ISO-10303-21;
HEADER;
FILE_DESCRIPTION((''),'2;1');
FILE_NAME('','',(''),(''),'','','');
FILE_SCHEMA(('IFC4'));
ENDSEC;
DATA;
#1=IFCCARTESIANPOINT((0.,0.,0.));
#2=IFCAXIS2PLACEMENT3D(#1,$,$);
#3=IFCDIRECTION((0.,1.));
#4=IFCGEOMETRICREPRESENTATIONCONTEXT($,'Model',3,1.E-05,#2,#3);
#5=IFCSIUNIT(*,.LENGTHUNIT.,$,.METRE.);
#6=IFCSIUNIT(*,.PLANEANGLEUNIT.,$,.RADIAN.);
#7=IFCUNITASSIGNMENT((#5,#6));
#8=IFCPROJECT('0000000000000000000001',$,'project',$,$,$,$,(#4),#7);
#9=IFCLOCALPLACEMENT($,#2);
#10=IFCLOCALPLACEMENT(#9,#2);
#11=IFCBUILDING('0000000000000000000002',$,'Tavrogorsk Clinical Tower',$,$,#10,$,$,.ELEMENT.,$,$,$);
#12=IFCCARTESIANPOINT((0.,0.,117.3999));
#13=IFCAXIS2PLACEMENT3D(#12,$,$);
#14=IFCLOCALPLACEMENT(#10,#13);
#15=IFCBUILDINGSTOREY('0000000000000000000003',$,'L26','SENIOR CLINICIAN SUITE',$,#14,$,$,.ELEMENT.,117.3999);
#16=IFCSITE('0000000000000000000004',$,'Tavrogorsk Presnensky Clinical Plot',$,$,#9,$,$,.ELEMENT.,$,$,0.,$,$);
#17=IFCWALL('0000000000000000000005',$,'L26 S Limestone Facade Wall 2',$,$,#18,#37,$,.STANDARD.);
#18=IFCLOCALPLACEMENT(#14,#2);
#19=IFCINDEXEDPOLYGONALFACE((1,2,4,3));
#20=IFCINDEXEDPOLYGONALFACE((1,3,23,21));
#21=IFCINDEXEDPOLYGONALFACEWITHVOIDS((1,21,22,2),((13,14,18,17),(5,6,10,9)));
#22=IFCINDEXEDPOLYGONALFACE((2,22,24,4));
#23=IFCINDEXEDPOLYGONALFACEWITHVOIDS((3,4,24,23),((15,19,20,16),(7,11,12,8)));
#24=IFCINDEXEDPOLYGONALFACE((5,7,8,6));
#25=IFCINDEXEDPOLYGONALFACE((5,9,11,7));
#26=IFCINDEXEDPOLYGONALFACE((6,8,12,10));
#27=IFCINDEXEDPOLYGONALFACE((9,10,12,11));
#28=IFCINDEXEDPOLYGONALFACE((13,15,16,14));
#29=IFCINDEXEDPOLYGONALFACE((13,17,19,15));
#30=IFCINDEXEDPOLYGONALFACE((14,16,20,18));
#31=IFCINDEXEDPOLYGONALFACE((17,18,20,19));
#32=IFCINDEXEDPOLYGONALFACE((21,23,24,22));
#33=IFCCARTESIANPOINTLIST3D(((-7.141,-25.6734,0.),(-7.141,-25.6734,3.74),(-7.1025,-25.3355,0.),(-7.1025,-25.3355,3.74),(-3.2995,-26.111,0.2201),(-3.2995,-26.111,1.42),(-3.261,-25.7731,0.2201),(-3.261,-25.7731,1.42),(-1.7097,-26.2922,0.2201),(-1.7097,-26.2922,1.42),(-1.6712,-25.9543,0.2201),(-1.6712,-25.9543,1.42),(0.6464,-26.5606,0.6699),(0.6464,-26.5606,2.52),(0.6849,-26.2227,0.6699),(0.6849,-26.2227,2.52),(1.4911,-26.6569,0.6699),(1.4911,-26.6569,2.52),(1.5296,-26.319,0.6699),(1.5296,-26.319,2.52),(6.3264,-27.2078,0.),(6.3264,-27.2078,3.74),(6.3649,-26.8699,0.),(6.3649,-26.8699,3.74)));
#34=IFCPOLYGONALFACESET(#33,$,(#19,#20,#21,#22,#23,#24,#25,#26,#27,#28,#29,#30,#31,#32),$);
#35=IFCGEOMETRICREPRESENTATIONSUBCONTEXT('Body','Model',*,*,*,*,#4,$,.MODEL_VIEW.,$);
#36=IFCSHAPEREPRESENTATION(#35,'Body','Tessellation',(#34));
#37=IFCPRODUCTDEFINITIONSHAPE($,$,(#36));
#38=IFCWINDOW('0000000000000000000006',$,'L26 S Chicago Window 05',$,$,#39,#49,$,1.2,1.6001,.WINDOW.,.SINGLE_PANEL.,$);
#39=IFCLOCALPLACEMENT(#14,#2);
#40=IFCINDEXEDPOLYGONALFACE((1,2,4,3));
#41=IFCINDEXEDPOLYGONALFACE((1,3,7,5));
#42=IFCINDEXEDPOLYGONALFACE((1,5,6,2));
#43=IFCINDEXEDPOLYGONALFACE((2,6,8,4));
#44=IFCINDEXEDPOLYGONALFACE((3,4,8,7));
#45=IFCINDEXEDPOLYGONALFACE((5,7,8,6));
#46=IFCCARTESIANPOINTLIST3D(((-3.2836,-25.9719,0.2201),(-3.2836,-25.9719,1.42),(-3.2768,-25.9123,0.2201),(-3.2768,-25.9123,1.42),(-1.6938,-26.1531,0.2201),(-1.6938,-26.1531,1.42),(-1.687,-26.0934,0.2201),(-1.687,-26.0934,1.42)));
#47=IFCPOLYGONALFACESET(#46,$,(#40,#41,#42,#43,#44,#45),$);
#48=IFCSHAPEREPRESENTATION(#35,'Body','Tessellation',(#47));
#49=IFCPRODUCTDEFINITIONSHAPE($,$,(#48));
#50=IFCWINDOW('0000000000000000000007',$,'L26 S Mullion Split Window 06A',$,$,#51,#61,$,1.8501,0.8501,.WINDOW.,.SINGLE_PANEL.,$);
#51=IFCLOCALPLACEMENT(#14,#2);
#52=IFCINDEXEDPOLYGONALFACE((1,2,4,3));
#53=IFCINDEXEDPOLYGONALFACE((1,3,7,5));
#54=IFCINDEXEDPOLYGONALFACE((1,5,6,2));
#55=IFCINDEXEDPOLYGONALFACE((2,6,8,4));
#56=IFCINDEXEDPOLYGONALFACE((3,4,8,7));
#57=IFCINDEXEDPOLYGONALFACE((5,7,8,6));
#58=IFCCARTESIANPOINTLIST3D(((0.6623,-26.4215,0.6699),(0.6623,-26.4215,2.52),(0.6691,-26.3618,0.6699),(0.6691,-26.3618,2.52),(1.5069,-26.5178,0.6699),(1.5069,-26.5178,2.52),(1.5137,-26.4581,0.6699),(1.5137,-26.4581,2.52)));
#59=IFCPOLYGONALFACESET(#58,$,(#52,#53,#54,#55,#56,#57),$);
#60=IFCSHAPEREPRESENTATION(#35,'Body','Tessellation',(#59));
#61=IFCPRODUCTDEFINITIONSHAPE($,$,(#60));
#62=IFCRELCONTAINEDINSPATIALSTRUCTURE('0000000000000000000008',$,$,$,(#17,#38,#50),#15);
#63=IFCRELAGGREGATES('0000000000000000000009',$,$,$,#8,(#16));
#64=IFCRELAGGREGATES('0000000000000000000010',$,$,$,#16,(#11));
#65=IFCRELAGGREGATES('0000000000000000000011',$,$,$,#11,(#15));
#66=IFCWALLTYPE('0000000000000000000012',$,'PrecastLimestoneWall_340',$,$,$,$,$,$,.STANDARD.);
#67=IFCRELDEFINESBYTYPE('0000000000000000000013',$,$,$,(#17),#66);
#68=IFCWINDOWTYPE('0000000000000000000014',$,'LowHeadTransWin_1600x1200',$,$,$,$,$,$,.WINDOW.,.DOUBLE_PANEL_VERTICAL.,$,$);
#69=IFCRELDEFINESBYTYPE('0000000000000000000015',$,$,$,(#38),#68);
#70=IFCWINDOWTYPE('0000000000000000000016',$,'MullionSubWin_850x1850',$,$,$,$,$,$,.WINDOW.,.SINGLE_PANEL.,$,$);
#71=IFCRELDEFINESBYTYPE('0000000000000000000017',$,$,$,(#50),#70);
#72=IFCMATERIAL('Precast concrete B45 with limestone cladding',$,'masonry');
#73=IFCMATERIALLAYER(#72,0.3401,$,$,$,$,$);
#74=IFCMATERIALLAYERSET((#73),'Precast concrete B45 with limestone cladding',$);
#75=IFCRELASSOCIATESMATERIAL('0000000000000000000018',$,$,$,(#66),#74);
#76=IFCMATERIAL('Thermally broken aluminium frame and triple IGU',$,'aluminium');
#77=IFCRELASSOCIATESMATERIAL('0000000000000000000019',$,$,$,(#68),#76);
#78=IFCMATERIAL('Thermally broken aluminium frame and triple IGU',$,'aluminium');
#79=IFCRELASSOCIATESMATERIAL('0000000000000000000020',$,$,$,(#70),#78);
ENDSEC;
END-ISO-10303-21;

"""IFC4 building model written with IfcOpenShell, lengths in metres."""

from ifc_helpers import new_model, si_unit, direction, frame, frame_2d, origin, place, context, subcontext, project, spatial, rectangle, extrude, material, layer, layer_set, type_object, element, fill, save


model = new_model("IFC4")

# Units and contexts
model_context = context("Model", 3, precision=1e-05, world=origin(), true_north=direction((0.0, 1.0)))
body_context = subcontext(model_context, "Body", "Model", "MODEL_VIEW")
ifc_project = project(units=[si_unit("LENGTHUNIT", "METRE"), si_unit("PLANEANGLEUNIT", "RADIAN")], contexts=[model_context])

# Site, building, storey
site_placement = place(None, origin())
site = spatial("IfcSite", under=ifc_project, at=site_placement, Name="Tavrogorsk Presnensky Clinical Plot", CompositionType="ELEMENT", RefElevation=0.0)
building_placement = place(site_placement, origin())
building = spatial("IfcBuilding", under=site, at=building_placement, Name="Tavrogorsk Clinical Tower", CompositionType="ELEMENT")
storey_placement = place(building_placement, frame((0.0, 0.0, 117.3999)))
storey = spatial("IfcBuildingStorey", under=building, at=storey_placement, Name="L26", Description="SENIOR CLINICIAN SUITE", CompositionType="ELEMENT", Elevation=117.3999)

# Wall, openings, windows
ifc_material_1 = material(Name="Precast concrete B45 with limestone cladding", Category="masonry")
ifc_layer_1 = layer(ifc_material_1, 0.3401)
ifc_layer_set_1 = layer_set([ifc_layer_1], Name="Precast concrete B45 with limestone cladding")
wall_type_1 = type_object("IfcWallType", Name="PrecastLimestoneWall_340", PredefinedType="STANDARD", material=ifc_layer_set_1)
wall_1_placement = place(storey_placement, frame((-7.1218, -25.5044, 0.0), z_axis=(0.0, 0.0, 1.0), x_axis=(0.993572, -0.113205, 0.0)))
wall_1 = element("IfcWall", 1, at=wall_1_placement, inside=storey, type_object=wall_type_1, Name="L26 S Limestone Facade Wall 2", PredefinedType="STANDARD", context=body_context, shape_type="SweptSolid", body=[
    extrude(rectangle(XDim=13.5544, YDim=0.3401, at=frame_2d((6.7773, 0.0))), origin(), (0.0, 0.0, 1.0), 3.74),
])
opening_1_placement = place(wall_1_placement, frame((3.8665, 0.0, 0.22)))
opening_1 = element("IfcOpeningElement", 2, at=opening_1_placement, cuts=wall_1, PredefinedType="OPENING", context=body_context, shape_type="SweptSolid", body=[
    extrude(rectangle(XDim=1.6001, YDim=1.2, at=frame_2d((0.8, 0.6001))), frame((0.0, 0.1799, 0.0), z_axis=(0.0, -1.0, 0.0), x_axis=(1.0, 0.0, 0.0)), (0.0, 0.0, 1.0), 0.3601),
])
opening_2_placement = place(wall_1_placement, frame((7.8379, 0.0, 0.6699)))
opening_2 = element("IfcOpeningElement", 3, at=opening_2_placement, cuts=wall_1, PredefinedType="OPENING", context=body_context, shape_type="SweptSolid", body=[
    extrude(rectangle(XDim=0.8501, YDim=1.8501, at=frame_2d((0.425, 0.925))), frame((0.0, 0.1799, 0.0), z_axis=(0.0, -1.0, 0.0), x_axis=(1.0, 0.0, 0.0)), (0.0, 0.0, 1.0), 0.3601),
])
ifc_material_2 = material(Name="Thermally broken aluminium frame and triple IGU", Category="aluminium")
window_type_1 = type_object("IfcWindowType", Name="LowHeadTransWin_1600x1200", PartitioningType="DOUBLE_PANEL_VERTICAL", PredefinedType="WINDOW", material=ifc_material_2)
window_1_placement = place(opening_1_placement, origin())
window_1 = element("IfcWindow", 4, at=window_1_placement, inside=storey, type_object=window_type_1, Name="L26 S Chicago Window 05", OverallHeight=1.2, OverallWidth=1.6001, PartitioningType="SINGLE_PANEL", PredefinedType="WINDOW", context=body_context, shape_type="SweptSolid", body=[
    extrude(rectangle(XDim=1.6001, YDim=1.2, at=frame_2d((0.8, 0.6001))), frame((0.0, 0.03, 0.0), z_axis=(0.0, -1.0, 0.0), x_axis=(1.0, 0.0, 0.0)), (0.0, 0.0, 1.0), 0.0601),
])
fill(opening_1, window_1)
ifc_material_3 = material(Name="Thermally broken aluminium frame and triple IGU", Category="aluminium")
window_type_2 = type_object("IfcWindowType", Name="MullionSubWin_850x1850", PartitioningType="SINGLE_PANEL", PredefinedType="WINDOW", material=ifc_material_3)
window_2_placement = place(opening_2_placement, origin())
window_2 = element("IfcWindow", 5, at=window_2_placement, inside=storey, type_object=window_type_2, Name="L26 S Mullion Split Window 06A", OverallHeight=1.8501, OverallWidth=0.8501, PartitioningType="SINGLE_PANEL", PredefinedType="WINDOW", context=body_context, shape_type="SweptSolid", body=[
    extrude(rectangle(XDim=0.8501, YDim=1.8501, at=frame_2d((0.425, 0.925))), frame((0.0, 0.03, 0.0), z_axis=(0.0, -1.0, 0.0), x_axis=(1.0, 0.0, 0.0)), (0.0, 0.0, 1.0), 0.0601),
])
fill(opening_2, window_2)

save(model, "model.ifc")
